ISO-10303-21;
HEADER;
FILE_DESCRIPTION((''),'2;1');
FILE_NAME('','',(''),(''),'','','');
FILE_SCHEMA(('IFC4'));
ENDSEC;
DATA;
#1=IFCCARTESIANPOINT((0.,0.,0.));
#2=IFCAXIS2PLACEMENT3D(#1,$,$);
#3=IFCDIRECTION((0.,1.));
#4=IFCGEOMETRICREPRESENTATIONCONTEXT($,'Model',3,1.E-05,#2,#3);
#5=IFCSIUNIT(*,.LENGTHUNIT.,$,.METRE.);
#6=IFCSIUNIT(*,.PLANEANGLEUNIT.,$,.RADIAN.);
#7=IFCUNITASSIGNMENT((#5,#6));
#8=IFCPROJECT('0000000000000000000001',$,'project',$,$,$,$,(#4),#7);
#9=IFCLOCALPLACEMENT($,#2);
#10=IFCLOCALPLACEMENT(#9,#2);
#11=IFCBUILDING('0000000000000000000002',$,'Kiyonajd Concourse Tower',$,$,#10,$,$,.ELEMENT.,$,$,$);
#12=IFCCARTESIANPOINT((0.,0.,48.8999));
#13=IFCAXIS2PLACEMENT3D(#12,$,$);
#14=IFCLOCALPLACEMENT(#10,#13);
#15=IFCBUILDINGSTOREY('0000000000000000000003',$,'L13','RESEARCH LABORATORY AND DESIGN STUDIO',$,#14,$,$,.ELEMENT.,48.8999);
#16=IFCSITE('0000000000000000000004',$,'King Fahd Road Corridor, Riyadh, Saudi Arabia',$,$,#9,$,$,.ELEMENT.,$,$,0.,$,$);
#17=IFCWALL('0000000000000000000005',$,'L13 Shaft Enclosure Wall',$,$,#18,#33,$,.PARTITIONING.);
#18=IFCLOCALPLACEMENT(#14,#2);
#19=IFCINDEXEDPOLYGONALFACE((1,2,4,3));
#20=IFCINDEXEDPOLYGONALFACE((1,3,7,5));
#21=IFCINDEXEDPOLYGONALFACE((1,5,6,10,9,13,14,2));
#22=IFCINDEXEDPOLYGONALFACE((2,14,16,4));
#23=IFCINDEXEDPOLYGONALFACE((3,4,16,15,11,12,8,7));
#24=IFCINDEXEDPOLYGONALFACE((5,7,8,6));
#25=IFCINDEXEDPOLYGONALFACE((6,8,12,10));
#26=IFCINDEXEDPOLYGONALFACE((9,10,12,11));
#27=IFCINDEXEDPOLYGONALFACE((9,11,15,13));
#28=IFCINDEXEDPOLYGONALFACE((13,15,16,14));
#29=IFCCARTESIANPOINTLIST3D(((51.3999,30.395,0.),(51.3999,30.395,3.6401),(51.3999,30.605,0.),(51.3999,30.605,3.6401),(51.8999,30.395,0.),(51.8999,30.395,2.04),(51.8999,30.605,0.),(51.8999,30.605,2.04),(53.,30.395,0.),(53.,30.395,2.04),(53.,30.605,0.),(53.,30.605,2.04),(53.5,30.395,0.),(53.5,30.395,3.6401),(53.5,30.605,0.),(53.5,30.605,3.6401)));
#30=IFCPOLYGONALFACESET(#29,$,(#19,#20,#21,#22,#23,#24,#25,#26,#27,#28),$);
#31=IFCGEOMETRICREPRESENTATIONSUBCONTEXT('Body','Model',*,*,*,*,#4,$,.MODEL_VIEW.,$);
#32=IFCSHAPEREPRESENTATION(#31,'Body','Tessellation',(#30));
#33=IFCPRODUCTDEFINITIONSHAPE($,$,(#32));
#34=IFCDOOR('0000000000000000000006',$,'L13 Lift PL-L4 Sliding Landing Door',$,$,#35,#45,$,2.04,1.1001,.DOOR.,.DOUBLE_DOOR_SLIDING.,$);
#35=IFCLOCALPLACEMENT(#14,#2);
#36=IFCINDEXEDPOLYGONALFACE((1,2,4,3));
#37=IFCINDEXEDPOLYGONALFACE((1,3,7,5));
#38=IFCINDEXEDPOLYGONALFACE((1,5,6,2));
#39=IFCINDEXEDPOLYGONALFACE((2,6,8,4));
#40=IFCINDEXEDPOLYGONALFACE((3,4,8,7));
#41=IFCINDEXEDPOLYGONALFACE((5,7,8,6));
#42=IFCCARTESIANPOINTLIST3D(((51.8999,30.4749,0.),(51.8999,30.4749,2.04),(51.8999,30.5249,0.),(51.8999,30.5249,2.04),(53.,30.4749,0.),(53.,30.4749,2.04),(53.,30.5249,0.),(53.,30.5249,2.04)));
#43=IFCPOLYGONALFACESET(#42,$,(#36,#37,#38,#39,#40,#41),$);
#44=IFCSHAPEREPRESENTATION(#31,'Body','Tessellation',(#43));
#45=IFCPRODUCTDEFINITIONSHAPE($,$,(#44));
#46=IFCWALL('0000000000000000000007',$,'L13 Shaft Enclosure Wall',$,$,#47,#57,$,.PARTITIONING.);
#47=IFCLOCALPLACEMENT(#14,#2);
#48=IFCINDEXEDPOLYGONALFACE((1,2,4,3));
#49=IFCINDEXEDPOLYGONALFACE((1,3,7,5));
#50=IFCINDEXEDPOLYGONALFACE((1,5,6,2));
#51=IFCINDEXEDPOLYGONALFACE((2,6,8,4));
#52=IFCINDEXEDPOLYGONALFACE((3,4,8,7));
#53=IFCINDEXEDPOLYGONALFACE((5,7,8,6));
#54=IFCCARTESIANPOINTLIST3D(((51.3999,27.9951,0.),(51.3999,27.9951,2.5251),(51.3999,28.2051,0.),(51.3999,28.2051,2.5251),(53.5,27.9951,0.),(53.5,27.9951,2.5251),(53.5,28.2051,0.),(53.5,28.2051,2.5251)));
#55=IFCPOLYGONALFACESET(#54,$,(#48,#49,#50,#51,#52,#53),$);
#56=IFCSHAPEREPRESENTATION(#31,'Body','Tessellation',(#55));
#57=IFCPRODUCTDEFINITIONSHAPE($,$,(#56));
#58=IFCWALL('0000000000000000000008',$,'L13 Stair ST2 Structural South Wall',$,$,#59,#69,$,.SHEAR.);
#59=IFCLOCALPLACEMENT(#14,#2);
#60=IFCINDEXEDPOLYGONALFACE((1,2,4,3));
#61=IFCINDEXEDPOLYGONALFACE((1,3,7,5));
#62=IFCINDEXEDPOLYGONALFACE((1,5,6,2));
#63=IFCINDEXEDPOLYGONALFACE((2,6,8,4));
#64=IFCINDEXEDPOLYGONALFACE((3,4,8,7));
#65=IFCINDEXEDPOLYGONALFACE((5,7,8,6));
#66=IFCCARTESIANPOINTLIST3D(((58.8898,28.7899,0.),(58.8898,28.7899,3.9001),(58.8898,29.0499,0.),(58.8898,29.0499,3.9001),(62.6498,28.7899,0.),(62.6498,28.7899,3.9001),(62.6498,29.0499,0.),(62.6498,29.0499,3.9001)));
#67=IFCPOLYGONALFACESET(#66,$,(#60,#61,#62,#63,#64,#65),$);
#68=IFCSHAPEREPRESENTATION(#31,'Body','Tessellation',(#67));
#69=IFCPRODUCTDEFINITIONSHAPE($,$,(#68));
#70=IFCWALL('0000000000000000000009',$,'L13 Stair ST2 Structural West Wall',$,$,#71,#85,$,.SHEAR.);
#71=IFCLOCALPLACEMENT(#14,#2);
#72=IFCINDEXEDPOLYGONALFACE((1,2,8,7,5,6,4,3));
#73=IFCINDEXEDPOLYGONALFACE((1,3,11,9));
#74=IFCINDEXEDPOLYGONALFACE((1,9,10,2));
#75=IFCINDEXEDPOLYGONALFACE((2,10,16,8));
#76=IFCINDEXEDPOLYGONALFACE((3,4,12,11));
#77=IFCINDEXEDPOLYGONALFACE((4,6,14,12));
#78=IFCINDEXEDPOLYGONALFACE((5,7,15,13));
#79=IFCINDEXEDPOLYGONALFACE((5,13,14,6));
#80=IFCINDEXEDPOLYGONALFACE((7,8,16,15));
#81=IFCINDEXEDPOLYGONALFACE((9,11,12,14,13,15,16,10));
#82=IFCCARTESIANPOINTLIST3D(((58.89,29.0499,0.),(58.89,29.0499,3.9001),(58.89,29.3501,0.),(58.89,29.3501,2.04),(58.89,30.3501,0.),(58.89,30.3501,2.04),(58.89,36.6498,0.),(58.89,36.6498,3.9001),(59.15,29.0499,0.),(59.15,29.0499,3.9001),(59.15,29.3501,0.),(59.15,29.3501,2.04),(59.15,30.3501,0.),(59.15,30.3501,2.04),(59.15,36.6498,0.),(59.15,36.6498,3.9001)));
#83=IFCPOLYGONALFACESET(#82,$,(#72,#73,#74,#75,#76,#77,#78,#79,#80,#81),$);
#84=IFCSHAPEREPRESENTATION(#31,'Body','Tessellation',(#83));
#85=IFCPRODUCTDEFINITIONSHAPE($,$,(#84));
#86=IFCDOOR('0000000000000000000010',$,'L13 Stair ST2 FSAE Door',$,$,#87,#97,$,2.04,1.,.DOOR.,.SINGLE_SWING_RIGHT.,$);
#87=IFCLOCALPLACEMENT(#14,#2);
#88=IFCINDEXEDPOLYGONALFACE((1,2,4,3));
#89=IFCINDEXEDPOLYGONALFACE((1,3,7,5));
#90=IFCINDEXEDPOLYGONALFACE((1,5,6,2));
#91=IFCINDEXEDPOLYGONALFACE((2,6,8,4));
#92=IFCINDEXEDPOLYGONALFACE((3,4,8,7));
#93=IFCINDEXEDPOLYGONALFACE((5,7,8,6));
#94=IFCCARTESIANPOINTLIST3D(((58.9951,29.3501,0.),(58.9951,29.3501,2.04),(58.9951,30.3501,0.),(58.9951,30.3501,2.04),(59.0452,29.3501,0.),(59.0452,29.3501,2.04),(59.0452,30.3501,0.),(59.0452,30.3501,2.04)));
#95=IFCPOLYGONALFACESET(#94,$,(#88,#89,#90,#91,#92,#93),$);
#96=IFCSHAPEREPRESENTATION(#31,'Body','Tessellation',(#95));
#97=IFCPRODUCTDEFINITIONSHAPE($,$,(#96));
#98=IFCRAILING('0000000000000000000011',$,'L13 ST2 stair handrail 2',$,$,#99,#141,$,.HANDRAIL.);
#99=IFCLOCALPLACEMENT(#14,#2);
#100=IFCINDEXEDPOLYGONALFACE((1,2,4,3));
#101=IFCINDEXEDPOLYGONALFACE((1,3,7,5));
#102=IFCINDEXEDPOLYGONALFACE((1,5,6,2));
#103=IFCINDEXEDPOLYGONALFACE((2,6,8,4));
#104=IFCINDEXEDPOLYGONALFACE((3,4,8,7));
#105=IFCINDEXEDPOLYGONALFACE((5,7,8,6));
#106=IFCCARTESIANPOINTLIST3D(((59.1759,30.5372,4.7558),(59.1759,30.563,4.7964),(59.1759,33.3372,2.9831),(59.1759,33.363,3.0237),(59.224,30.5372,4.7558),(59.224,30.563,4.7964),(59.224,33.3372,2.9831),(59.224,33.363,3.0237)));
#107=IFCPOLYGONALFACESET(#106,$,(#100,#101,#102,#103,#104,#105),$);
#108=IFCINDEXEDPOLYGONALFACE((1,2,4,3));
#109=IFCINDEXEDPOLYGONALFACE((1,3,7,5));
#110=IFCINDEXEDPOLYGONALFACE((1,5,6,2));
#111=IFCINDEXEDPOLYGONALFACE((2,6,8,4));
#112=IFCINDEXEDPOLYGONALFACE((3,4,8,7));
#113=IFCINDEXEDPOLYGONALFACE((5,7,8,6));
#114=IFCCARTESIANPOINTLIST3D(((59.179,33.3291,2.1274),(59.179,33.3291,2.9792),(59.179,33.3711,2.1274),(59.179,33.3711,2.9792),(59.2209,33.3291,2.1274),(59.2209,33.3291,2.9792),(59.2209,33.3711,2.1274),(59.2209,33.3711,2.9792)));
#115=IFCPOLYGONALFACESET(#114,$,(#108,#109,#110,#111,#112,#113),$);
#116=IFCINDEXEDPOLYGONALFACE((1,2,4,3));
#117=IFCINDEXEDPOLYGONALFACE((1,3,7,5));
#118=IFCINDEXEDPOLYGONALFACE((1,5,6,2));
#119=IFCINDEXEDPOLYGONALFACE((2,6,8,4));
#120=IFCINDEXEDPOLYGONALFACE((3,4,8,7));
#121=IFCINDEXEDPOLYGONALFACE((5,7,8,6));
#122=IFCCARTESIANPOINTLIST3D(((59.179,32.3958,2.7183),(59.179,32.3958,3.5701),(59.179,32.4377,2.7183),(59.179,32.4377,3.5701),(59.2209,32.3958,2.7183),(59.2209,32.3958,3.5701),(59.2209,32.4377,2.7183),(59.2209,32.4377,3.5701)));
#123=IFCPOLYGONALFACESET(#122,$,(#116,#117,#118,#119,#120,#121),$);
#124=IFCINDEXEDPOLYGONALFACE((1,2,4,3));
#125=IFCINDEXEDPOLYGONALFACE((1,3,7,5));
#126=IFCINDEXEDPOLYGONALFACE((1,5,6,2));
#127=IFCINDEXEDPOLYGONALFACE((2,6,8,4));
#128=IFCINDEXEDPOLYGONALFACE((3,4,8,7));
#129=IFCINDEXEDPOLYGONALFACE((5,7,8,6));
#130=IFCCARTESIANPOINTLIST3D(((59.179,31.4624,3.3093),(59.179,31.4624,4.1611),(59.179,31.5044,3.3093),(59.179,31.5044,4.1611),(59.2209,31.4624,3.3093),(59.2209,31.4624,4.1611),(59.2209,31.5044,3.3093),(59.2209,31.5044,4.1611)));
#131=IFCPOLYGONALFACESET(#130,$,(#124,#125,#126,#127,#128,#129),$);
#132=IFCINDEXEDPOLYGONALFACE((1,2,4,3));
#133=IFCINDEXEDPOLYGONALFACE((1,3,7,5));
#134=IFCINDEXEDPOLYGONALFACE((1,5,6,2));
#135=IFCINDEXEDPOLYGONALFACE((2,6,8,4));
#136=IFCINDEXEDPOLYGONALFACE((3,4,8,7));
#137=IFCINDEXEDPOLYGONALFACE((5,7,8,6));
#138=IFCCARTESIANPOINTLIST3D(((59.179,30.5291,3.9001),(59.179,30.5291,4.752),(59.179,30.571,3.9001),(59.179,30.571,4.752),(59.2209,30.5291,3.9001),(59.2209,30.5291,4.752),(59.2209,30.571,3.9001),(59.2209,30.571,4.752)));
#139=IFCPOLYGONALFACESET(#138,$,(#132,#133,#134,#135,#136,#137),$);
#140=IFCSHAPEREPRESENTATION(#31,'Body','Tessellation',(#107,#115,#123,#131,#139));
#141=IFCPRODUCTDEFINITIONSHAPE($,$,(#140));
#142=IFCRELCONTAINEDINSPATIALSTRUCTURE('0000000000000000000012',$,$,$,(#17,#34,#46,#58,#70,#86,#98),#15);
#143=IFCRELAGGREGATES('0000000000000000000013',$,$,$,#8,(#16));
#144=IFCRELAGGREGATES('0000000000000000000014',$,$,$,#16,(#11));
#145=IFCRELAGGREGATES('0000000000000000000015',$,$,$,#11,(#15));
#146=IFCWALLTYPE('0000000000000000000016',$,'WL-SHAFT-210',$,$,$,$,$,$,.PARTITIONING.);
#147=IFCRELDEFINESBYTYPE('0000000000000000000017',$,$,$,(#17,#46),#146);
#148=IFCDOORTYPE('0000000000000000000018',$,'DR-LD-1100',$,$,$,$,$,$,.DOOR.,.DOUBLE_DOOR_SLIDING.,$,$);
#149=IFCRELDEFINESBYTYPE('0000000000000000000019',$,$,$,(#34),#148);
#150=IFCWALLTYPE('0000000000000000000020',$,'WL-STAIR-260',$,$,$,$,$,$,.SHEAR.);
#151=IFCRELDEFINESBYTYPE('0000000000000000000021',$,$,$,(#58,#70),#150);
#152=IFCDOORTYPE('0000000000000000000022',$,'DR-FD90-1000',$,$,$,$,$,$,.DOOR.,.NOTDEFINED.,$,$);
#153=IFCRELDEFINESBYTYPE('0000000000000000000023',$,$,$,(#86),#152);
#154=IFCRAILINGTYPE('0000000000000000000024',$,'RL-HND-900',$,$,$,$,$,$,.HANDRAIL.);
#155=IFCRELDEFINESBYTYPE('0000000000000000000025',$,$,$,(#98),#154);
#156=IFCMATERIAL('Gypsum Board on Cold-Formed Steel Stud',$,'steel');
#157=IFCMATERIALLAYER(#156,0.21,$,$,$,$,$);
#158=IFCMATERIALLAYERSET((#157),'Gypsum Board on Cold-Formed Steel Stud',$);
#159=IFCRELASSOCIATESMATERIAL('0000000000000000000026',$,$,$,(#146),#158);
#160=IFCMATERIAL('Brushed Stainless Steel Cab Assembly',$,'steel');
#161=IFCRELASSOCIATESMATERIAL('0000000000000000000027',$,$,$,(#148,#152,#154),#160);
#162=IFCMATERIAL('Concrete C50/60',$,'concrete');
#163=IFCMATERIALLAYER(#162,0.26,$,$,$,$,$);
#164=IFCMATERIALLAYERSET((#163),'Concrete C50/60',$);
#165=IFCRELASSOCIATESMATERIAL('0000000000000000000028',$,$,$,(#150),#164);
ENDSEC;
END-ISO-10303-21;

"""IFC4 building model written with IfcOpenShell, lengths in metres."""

from ifc_helpers import new_model, si_unit, direction, frame, frame_2d, origin, origin_2d, place, context, subcontext, project, spatial, rectangle, extrude, material, layer, layer_set, type_object, element, fill, save


model = new_model("IFC4")

# Units and contexts
model_context = context("Model", 3, precision=1e-05, world=origin(), true_north=direction((0.0, 1.0)))
body_context = subcontext(model_context, "Body", "Model", "MODEL_VIEW")
ifc_project = project(units=[si_unit("LENGTHUNIT", "METRE"), si_unit("PLANEANGLEUNIT", "RADIAN")], contexts=[model_context])

# Site, building, storey
site_placement = place(None, origin())
site = spatial("IfcSite", under=ifc_project, at=site_placement, Name="King Fahd Road Corridor, Riyadh, Saudi Arabia", CompositionType="ELEMENT", RefElevation=0.0)
building_placement = place(site_placement, origin())
building = spatial("IfcBuilding", under=site, at=building_placement, Name="Kiyonajd Concourse Tower", CompositionType="ELEMENT")
storey_placement = place(building_placement, frame((0.0, 0.0, 48.8999)))
storey = spatial("IfcBuildingStorey", under=building, at=storey_placement, Name="L13", Description="RESEARCH LABORATORY AND DESIGN STUDIO", CompositionType="ELEMENT", Elevation=48.8999)

# Shared definitions
ifc_material_1 = material(Name="Concrete C50/60", Category="concrete")

# Shared definitions
ifc_material_2 = material(Name="Brushed Stainless Steel Cab Assembly", Category="steel")
ifc_material_3 = material(Name="Gypsum Board on Cold-Formed Steel Stud", Category="steel")
ifc_layer_1 = layer(ifc_material_3, 0.21)
ifc_layer_set_1 = layer_set([ifc_layer_1], Name="Gypsum Board on Cold-Formed Steel Stud")
wall_type_1 = type_object("IfcWallType", Name="WL-SHAFT-210", PredefinedType="PARTITIONING", material=ifc_layer_set_1)

# Wall, opening, door
wall_1_placement = place(storey_placement, frame((51.3999, 30.5, 0.0), z_axis=(0.0, 0.0, 1.0), x_axis=(1.0, 0.0, 0.0)))
wall_1 = element("IfcWall", 1, at=wall_1_placement, inside=storey, type_object=wall_type_1, Name="L13 Shaft Enclosure Wall", PredefinedType="PARTITIONING", context=body_context, shape_type="SweptSolid", body=[
    extrude(rectangle(XDim=2.1001, YDim=0.21, at=frame_2d((1.05, 0.0))), origin(), (0.0, 0.0, 1.0), 3.6401),
])
opening_1_placement = place(wall_1_placement, frame((0.5, 0.0, 0.0)))
opening_1 = element("IfcOpeningElement", 2, at=opening_1_placement, cuts=wall_1, PredefinedType="OPENING", context=body_context, shape_type="SweptSolid", body=[
    extrude(rectangle(XDim=1.1001, YDim=2.04, at=frame_2d((0.55, 1.02))), frame((0.0, 0.115, 0.0), z_axis=(0.0, -1.0, 0.0), x_axis=(1.0, 0.0, 0.0)), (0.0, 0.0, 1.0), 0.23),
])
door_type_1 = type_object("IfcDoorType", Name="DR-LD-1100", OperationType="DOUBLE_DOOR_SLIDING", PredefinedType="DOOR", material=ifc_material_2)
door_1_placement = place(opening_1_placement, origin())
door_1 = element("IfcDoor", 3, at=door_1_placement, inside=storey, type_object=door_type_1, Name="L13 Lift PL-L4 Sliding Landing Door", OperationType="DOUBLE_DOOR_SLIDING", OverallHeight=2.04, OverallWidth=1.1001, PredefinedType="DOOR", context=body_context, shape_type="SweptSolid", body=[
    extrude(rectangle(XDim=1.1001, YDim=2.04, at=frame_2d((0.55, 1.02))), frame((0.0, 0.0249, 0.0), z_axis=(0.0, -1.0, 0.0), x_axis=(1.0, 0.0, 0.0)), (0.0, 0.0, 1.0), 0.05),
])
fill(opening_1, door_1)

# Walls
wall_2_placement = place(storey_placement, frame((51.3999, 28.1001, 0.0), z_axis=(0.0, 0.0, 1.0), x_axis=(1.0, 0.0, 0.0)))
element("IfcWall", 4, at=wall_2_placement, inside=storey, type_object=wall_type_1, Name="L13 Shaft Enclosure Wall", PredefinedType="PARTITIONING", context=body_context, shape_type="SweptSolid", body=[
    extrude(rectangle(XDim=2.1001, YDim=0.21, at=frame_2d((1.05, 0.0))), origin(), (0.0, 0.0, 1.0), 2.5251),
])
ifc_layer_2 = layer(ifc_material_1, 0.26)
ifc_layer_set_2 = layer_set([ifc_layer_2], Name="Concrete C50/60")
wall_type_2 = type_object("IfcWallType", Name="WL-STAIR-260", PredefinedType="SHEAR", material=ifc_layer_set_2)
wall_3_placement = place(storey_placement, frame((58.8899, 28.9199, 0.0), z_axis=(0.0, 0.0, 1.0), x_axis=(1.0, 0.0, 0.0)))
element("IfcWall", 5, at=wall_3_placement, inside=storey, type_object=wall_type_2, Name="L13 Stair ST2 Structural South Wall", PredefinedType="SHEAR", context=body_context, shape_type="SweptSolid", body=[
    extrude(rectangle(XDim=3.76, YDim=0.26, at=frame_2d((1.8799, 0.0))), origin(), (0.0, 0.0, 1.0), 3.9001),
])

# Wall, opening, door
wall_4_placement = place(storey_placement, frame((59.02, 29.05, 0.0), z_axis=(0.0, 0.0, 1.0), x_axis=(0.0, 1.0, 0.0)))
wall_4 = element("IfcWall", 6, at=wall_4_placement, inside=storey, type_object=wall_type_2, Name="L13 Stair ST2 Structural West Wall", PredefinedType="SHEAR", context=body_context, shape_type="SweptSolid", body=[
    extrude(rectangle(XDim=7.5999, YDim=0.26, at=frame_2d((3.7998, 0.0))), origin(), (0.0, 0.0, 1.0), 3.9001),
])
opening_2_placement = place(wall_4_placement, frame((0.3, 0.0, 0.0)))
opening_2 = element("IfcOpeningElement", 7, at=opening_2_placement, cuts=wall_4, PredefinedType="OPENING", context=body_context, shape_type="SweptSolid", body=[
    extrude(rectangle(XDim=1.0, YDim=2.04, at=frame_2d((0.5, 1.02))), frame((0.0, 0.1399, 0.0), z_axis=(0.0, -1.0, 0.0), x_axis=(1.0, 0.0, 0.0)), (0.0, 0.0, 1.0), 0.28),
])
door_type_2 = type_object("IfcDoorType", Name="DR-FD90-1000", OperationType="NOTDEFINED", PredefinedType="DOOR", material=ifc_material_2)
door_2_placement = place(opening_2_placement, origin())
door_2 = element("IfcDoor", 8, at=door_2_placement, inside=storey, type_object=door_type_2, Name="L13 Stair ST2 FSAE Door", OperationType="SINGLE_SWING_RIGHT", OverallHeight=2.04, OverallWidth=1.0, PredefinedType="DOOR", context=body_context, shape_type="SweptSolid", body=[
    extrude(rectangle(XDim=1.0, YDim=2.04, at=frame_2d((0.5, 1.02))), frame((0.0, 0.0249, 0.0), z_axis=(0.0, -1.0, 0.0), x_axis=(1.0, 0.0, 0.0)), (0.0, 0.0, 1.0), 0.05),
])
fill(opening_2, door_2)

# Railing
railing_type = type_object("IfcRailingType", Name="RL-HND-900", PredefinedType="HANDRAIL", material=ifc_material_2)
railing_placement = place(storey_placement, frame((59.2, 33.3501, 2.1274)))
element("IfcRailing", 9, at=railing_placement, inside=storey, type_object=railing_type, Name="L13 ST2 stair handrail 2", PredefinedType="HANDRAIL", context=body_context, shape_type="SweptSolid", body=[
    extrude(rectangle(XDim=0.0481, YDim=0.0481, at=origin_2d()), frame((0.0, 0.0, 0.876), z_axis=(0.0, -0.844909, 0.53491), x_axis=(1.0, 0.0, 0.0)), (0.0, 0.0, 1.0), 3.314),
    extrude(rectangle(XDim=0.042, YDim=0.042, at=origin_2d()), origin(), (0.0, 0.0, 1.0), 0.8518),
    extrude(rectangle(XDim=0.042, YDim=0.042, at=origin_2d()), frame((0.0, -0.9333, 0.5908)), (0.0, 0.0, 1.0), 0.8518),
    extrude(rectangle(XDim=0.042, YDim=0.042, at=origin_2d()), frame((0.0, -1.8667, 1.1819)), (0.0, 0.0, 1.0), 0.8518),
    extrude(rectangle(XDim=0.042, YDim=0.042, at=origin_2d()), frame((0.0, -2.8, 1.7727)), (0.0, 0.0, 1.0), 0.8518),
])

save(model, "model.ifc")
